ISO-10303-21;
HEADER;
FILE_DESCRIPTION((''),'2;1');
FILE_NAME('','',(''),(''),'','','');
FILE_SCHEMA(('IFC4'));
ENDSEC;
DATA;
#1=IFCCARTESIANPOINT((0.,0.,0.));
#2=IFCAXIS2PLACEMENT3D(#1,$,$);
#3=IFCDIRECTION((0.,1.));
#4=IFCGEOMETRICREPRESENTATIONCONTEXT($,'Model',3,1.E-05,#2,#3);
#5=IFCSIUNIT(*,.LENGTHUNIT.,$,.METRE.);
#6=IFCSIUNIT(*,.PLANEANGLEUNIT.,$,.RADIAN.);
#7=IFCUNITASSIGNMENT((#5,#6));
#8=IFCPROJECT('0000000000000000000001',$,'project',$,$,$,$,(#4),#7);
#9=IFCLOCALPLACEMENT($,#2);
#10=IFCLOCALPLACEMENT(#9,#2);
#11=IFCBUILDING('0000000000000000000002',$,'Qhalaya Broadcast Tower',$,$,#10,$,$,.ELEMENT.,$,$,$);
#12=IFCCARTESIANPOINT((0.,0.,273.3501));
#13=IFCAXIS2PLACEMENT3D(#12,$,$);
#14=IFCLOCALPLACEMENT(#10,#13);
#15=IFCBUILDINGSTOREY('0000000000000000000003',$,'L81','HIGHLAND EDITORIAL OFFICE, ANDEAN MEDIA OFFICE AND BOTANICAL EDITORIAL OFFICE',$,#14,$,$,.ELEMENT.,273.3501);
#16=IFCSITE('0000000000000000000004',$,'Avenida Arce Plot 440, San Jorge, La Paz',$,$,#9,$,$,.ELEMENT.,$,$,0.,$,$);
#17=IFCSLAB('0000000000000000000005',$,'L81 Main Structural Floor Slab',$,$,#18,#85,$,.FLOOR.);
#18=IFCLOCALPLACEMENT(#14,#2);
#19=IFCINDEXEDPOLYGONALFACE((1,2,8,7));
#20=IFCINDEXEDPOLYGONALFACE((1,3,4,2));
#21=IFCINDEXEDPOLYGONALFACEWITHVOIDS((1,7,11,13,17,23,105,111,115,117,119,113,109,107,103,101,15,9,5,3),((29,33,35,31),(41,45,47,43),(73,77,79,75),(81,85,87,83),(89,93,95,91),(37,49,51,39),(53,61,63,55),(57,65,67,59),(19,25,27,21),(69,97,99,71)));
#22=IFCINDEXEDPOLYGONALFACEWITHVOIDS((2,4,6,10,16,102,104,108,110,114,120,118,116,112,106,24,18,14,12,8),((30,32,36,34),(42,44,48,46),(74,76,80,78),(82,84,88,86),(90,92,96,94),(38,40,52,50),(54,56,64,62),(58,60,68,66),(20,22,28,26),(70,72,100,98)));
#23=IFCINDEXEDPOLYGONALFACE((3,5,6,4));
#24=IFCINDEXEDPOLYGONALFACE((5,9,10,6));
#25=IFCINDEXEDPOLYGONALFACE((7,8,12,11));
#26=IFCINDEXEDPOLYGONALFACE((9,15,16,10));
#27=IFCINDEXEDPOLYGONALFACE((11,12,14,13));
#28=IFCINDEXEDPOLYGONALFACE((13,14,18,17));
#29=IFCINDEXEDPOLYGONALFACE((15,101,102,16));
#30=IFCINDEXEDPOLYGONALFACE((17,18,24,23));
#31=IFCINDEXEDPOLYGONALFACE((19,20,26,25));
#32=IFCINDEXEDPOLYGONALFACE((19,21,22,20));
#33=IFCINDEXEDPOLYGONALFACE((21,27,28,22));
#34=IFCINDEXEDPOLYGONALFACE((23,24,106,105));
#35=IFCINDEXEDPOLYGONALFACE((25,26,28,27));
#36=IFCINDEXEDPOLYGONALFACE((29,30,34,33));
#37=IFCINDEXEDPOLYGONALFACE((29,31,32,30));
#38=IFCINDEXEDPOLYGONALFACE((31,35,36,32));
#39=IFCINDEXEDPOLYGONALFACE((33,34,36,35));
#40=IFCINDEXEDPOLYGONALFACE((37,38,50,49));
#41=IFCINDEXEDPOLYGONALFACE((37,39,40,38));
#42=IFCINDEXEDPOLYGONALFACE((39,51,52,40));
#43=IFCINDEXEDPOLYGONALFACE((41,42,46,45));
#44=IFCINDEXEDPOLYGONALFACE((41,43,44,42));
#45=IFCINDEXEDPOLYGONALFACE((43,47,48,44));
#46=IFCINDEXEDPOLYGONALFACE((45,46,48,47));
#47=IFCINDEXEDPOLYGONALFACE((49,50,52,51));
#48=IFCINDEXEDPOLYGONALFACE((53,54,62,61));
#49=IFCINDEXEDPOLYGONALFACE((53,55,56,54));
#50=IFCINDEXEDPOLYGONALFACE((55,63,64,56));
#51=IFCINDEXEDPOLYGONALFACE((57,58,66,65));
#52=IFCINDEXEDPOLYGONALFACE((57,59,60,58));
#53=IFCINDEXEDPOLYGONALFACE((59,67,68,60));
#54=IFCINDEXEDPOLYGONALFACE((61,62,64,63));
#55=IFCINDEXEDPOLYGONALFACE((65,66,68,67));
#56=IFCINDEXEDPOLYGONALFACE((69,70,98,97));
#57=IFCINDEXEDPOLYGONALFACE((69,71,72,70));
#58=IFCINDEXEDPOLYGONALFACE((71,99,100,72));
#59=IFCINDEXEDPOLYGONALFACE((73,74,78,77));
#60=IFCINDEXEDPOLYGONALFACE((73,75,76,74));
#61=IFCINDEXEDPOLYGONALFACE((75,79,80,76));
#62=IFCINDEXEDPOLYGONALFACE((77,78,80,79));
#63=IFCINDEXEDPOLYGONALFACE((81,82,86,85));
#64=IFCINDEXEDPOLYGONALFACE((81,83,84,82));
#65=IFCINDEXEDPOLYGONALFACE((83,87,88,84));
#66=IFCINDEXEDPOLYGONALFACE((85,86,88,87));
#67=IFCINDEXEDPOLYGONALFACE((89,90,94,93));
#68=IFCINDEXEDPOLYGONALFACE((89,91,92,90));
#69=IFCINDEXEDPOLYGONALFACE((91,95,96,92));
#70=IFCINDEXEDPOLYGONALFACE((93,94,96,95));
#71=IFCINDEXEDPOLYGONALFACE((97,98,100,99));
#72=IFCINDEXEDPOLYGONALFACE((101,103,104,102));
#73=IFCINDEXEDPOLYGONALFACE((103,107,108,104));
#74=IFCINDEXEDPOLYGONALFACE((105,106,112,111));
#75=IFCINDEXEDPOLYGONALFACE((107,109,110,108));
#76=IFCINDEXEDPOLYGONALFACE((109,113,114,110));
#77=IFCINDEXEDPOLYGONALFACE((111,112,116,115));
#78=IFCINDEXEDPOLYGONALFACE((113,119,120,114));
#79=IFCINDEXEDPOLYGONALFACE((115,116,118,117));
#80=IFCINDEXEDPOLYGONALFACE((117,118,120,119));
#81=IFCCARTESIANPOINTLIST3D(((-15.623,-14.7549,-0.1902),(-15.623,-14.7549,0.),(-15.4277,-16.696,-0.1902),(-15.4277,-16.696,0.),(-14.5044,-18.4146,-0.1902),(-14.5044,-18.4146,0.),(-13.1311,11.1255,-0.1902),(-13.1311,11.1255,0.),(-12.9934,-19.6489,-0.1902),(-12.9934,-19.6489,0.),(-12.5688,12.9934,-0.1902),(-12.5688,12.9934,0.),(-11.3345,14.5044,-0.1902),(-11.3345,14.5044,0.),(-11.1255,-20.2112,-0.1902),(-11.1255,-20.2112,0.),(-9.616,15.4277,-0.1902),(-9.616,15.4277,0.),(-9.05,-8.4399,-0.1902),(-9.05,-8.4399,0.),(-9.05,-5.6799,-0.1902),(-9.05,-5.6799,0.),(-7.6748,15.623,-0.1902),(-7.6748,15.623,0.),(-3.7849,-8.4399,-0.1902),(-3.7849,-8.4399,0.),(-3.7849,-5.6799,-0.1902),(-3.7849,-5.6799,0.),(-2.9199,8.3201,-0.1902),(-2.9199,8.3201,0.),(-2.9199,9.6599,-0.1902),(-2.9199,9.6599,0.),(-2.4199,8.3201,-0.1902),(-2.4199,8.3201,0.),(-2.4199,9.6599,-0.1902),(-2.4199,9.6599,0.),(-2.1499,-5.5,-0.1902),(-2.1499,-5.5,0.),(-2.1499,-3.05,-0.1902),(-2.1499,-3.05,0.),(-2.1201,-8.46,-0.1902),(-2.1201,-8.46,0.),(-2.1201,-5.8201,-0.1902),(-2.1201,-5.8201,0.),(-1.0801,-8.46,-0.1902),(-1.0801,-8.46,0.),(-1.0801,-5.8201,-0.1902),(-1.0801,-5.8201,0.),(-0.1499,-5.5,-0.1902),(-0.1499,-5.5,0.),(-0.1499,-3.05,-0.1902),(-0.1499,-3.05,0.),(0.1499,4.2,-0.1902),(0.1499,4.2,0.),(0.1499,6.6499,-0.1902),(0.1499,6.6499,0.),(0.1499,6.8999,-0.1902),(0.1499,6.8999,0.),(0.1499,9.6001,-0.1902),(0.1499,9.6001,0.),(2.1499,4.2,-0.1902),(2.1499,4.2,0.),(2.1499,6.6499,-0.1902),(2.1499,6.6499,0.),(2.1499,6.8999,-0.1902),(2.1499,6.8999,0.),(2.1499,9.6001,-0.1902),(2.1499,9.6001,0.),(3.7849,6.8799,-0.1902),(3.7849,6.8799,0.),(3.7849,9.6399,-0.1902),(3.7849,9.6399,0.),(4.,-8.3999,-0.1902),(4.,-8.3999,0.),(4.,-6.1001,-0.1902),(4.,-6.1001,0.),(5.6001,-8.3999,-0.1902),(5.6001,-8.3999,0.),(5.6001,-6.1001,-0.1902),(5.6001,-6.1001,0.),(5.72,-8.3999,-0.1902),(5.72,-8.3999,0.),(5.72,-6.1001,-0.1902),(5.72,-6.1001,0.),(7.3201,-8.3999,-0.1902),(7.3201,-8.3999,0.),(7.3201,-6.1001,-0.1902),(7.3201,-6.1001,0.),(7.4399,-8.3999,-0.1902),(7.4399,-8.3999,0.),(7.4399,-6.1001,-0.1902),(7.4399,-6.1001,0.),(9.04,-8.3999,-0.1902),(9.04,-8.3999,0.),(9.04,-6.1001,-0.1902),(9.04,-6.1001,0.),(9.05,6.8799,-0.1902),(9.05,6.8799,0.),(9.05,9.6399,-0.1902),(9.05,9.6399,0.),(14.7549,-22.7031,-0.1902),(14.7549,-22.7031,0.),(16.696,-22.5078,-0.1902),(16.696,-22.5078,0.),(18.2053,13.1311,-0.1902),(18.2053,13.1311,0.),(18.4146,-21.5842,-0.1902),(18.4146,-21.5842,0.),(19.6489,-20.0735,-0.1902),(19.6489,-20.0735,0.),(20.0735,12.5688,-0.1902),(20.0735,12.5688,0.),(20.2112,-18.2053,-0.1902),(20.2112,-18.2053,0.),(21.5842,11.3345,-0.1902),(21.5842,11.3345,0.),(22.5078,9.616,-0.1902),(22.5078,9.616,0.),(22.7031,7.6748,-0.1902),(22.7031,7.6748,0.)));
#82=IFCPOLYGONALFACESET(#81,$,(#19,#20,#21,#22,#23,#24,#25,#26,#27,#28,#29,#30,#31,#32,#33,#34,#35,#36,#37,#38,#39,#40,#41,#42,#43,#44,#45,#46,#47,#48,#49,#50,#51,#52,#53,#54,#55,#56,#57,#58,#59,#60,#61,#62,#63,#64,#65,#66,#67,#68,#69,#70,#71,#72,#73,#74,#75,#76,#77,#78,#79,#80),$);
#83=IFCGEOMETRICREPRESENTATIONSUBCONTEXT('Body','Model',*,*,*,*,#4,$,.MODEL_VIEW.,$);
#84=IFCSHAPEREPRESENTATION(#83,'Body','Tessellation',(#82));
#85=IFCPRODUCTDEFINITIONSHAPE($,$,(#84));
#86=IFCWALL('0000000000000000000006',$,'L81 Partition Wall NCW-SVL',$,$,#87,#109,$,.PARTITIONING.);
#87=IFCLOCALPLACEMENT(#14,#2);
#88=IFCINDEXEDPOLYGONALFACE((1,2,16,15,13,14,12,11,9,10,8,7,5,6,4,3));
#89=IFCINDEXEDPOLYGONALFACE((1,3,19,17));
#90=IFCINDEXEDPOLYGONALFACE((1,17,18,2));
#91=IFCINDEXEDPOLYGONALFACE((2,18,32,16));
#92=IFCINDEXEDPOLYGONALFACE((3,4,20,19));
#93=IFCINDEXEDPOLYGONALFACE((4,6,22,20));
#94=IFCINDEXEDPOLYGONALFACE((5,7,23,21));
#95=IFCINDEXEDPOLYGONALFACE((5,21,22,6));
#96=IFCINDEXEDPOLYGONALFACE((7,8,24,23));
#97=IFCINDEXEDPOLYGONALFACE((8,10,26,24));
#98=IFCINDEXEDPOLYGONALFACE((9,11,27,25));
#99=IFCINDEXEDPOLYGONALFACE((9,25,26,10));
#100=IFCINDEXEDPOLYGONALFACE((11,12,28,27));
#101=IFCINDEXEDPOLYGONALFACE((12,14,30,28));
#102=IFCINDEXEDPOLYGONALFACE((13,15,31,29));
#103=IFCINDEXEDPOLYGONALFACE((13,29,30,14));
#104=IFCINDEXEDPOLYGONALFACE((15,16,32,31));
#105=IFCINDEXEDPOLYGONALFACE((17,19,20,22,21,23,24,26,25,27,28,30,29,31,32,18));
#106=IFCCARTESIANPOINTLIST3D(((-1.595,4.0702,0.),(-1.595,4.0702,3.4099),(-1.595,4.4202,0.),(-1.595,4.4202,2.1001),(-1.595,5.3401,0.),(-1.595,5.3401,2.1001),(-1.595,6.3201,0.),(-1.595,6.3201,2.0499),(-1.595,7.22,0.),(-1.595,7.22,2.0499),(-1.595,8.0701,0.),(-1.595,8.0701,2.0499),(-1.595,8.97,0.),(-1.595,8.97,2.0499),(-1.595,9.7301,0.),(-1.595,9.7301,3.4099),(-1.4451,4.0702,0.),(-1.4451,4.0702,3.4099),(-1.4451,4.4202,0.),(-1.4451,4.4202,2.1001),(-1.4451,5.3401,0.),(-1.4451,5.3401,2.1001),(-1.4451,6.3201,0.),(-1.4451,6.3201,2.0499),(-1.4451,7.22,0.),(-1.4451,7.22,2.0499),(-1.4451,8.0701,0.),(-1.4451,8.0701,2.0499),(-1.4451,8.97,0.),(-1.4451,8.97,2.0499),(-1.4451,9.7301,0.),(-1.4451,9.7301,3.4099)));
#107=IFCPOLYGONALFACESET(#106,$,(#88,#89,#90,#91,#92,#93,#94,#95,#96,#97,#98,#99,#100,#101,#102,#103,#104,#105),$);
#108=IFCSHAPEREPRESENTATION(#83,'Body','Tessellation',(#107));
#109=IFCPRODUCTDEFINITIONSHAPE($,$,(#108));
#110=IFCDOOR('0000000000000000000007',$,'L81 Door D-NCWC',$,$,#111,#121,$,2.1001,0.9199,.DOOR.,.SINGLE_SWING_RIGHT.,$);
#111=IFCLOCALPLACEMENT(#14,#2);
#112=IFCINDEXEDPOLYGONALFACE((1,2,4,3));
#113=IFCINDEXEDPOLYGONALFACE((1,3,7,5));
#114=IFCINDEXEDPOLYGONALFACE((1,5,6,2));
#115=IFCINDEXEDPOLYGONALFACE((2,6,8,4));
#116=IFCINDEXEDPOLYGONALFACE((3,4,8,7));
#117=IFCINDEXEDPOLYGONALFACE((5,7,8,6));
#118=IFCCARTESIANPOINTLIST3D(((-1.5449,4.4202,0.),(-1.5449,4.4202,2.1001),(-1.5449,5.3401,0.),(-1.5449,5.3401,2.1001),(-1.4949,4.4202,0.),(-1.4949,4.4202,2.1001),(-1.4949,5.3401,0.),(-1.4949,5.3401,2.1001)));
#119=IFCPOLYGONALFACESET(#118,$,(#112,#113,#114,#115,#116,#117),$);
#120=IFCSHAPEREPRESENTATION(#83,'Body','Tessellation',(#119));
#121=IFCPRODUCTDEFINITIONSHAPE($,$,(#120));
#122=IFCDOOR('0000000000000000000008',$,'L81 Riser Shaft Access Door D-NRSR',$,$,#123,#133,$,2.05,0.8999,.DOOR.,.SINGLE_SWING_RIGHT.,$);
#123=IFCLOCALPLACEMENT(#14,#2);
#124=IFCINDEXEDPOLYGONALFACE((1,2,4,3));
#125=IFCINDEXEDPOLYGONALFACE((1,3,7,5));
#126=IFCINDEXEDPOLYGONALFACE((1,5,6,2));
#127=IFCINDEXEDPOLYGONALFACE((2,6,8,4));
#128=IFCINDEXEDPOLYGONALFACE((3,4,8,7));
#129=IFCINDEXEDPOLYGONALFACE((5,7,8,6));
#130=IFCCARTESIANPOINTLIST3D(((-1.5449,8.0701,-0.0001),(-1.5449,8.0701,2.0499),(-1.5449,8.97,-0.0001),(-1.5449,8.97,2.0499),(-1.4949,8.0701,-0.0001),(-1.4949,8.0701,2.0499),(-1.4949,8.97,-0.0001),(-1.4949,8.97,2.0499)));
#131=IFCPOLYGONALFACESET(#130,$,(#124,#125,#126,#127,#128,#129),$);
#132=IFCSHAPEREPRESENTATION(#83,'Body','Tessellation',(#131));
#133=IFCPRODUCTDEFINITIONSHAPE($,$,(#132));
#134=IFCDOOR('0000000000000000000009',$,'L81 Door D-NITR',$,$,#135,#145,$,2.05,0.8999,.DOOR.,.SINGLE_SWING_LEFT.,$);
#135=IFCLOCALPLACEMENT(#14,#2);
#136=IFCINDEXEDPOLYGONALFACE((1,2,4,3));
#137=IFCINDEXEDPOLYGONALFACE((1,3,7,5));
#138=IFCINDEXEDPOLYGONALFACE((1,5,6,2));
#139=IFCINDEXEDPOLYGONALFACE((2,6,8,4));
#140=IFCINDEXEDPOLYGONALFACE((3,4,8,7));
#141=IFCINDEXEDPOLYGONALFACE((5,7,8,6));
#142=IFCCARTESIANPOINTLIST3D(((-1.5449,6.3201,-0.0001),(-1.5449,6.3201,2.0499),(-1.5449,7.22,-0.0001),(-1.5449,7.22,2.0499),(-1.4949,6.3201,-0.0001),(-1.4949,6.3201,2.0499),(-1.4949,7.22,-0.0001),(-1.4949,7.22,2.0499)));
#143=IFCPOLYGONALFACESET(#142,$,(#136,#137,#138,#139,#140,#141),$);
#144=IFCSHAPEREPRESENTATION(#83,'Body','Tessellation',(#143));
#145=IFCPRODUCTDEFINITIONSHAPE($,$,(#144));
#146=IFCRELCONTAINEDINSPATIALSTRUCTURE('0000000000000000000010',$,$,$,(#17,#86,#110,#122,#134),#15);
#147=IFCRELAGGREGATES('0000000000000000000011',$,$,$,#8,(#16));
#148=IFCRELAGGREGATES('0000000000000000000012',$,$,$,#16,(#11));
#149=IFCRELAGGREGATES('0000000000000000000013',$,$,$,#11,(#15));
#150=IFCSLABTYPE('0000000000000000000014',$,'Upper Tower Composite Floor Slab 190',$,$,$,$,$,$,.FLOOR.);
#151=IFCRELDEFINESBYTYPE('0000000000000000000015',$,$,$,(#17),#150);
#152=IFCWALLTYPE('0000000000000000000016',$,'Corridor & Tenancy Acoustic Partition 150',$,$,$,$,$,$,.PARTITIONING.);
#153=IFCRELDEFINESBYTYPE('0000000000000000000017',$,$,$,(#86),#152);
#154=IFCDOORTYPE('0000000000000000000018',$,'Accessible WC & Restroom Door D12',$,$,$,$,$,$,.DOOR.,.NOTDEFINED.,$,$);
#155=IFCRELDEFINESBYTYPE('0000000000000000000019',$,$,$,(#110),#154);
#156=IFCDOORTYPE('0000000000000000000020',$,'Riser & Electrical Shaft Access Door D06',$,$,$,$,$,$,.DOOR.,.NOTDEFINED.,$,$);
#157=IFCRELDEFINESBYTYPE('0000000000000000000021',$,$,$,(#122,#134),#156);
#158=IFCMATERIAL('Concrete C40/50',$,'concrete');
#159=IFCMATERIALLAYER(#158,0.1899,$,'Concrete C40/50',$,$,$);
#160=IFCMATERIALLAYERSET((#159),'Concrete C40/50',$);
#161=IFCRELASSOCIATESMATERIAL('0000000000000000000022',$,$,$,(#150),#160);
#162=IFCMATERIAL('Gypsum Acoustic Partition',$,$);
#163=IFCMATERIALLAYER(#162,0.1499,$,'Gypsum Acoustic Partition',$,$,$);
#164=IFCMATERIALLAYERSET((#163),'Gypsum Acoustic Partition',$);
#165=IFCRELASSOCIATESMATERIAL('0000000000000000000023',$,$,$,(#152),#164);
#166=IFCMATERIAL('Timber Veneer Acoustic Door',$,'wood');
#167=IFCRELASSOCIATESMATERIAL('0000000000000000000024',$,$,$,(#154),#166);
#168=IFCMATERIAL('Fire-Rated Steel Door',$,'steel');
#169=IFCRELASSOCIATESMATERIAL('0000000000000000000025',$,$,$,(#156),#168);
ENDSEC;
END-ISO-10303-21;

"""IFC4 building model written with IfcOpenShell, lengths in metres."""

from ifc_helpers import new_model, si_unit, direction, frame, frame_2d, origin, place, context, subcontext, project, spatial, polyline, rectangle, outline, extrude, material, layer, layer_set, type_object, element, fill, save


model = new_model("IFC4")

# Units and contexts
model_context = context("Model", 3, precision=1e-05, world=origin(), true_north=direction((0.0, 1.0)))
body_context = subcontext(model_context, "Body", "Model", "MODEL_VIEW")
ifc_project = project(units=[si_unit("LENGTHUNIT", "METRE"), si_unit("PLANEANGLEUNIT", "RADIAN")], contexts=[model_context])

# Site, building, storey
site_placement = place(None, origin())
site = spatial("IfcSite", under=ifc_project, at=site_placement, Name="Avenida Arce Plot 440, San Jorge, La Paz", CompositionType="ELEMENT", RefElevation=0.0)
building_placement = place(site_placement, origin())
building = spatial("IfcBuilding", under=site, at=building_placement, Name="Qhalaya Broadcast Tower", CompositionType="ELEMENT")
storey_placement = place(building_placement, frame((0.0, 0.0, 273.3501)))
storey = spatial("IfcBuildingStorey", under=building, at=storey_placement, Name="L81", Description="HIGHLAND EDITORIAL OFFICE, ANDEAN MEDIA OFFICE AND BOTANICAL EDITORIAL OFFICE", CompositionType="ELEMENT", Elevation=273.3501)

# Shared definitions
ifc_material_1 = material(Name="Concrete C40/50", Category="concrete")

# Slab
ifc_layer_1 = layer(ifc_material_1, 0.1899, Name="Concrete C40/50")
ifc_layer_set_1 = layer_set([ifc_layer_1], Name="Concrete C40/50")
slab_type_1 = type_object("IfcSlabType", Name="Upper Tower Composite Floor Slab 190", PredefinedType="FLOOR", material=ifc_layer_set_1)
slab_1_placement = place(storey_placement, frame((0.0, 0.0, -0.1902)))
element("IfcSlab", 1, at=slab_1_placement, inside=storey, type_object=slab_type_1, Name="L81 Main Structural Floor Slab", PredefinedType="FLOOR", context=body_context, shape_type="SweptSolid", body=[
    extrude(outline(polyline([(14.7549, -22.7031), (16.696, -22.5078), (18.4146, -21.5842), (19.6489, -20.0735), (20.2112, -18.2053), (22.7031, 7.6748), (22.5078, 9.616), (21.5842, 11.3345), (20.0735, 12.5688), (18.2053, 13.1311), (-7.6748, 15.623), (-9.616, 15.4277), (-11.3345, 14.5044), (-12.5688, 12.9934), (-13.1311, 11.1255), (-15.623, -14.7549), (-15.4277, -16.696), (-14.5044, -18.4146), (-12.9934, -19.6489), (-11.1255, -20.2112), (14.7549, -22.7031)]), holes=[polyline([(3.7849, 9.6399), (9.05, 9.6399), (9.05, 6.8799), (3.7849, 6.8799), (3.7849, 9.6399)]), polyline([(-3.7849, -8.4399), (-9.05, -8.4399), (-9.05, -5.6799), (-3.7849, -5.6799), (-3.7849, -8.4399)]), polyline([(0.1499, 6.6499), (2.1499, 6.6499), (2.1499, 4.2), (0.1499, 4.2), (0.1499, 6.6499)]), polyline([(0.1499, 9.6001), (2.1499, 9.6001), (2.1499, 6.8999), (0.1499, 6.8999), (0.1499, 9.6001)]), polyline([(-2.1499, -3.05), (-0.1499, -3.05), (-0.1499, -5.5), (-2.1499, -5.5), (-2.1499, -3.05)]), polyline([(4.0, -6.1001), (5.6001, -6.1001), (5.6001, -8.3999), (4.0, -8.3999), (4.0, -6.1001)]), polyline([(5.72, -6.1001), (7.3201, -6.1001), (7.3201, -8.3999), (5.72, -8.3999), (5.72, -6.1001)]), polyline([(7.4399, -6.1001), (9.04, -6.1001), (9.04, -8.3999), (7.4399, -8.3999), (7.4399, -6.1001)]), polyline([(-2.9199, 9.6599), (-2.4199, 9.6599), (-2.4199, 8.3201), (-2.9199, 8.3201), (-2.9199, 9.6599)]), polyline([(-2.1201, -5.8201), (-1.0801, -5.8201), (-1.0801, -8.46), (-2.1201, -8.46), (-2.1201, -5.8201)])]), origin(), (0.0, 0.0, 1.0), 0.1902),
])

# Wall, openings, doors
ifc_material_2 = material(Name="Gypsum Acoustic Partition")
ifc_layer_2 = layer(ifc_material_2, 0.1499, Name="Gypsum Acoustic Partition")
ifc_layer_set_2 = layer_set([ifc_layer_2], Name="Gypsum Acoustic Partition")
wall_type_1 = type_object("IfcWallType", Name="Corridor & Tenancy Acoustic Partition 150", PredefinedType="PARTITIONING", material=ifc_layer_set_2)
wall_1_placement = place(storey_placement, frame((-1.52, 4.0701, 0.0), z_axis=(0.0, 0.0, 1.0), x_axis=(0.0, 1.0, 0.0)))
wall_1 = element("IfcWall", 2, at=wall_1_placement, inside=storey, type_object=wall_type_1, Name="L81 Partition Wall NCW-SVL", PredefinedType="PARTITIONING", context=body_context, shape_type="SweptSolid", body=[
    extrude(rectangle(XDim=5.6599, YDim=0.1499, at=frame_2d((2.8301, 0.0))), origin(), (0.0, 0.0, 1.0), 3.4099),
])
opening_1_placement = place(wall_1_placement, frame((4.0, 0.0, 0.0)))
opening_1 = element("IfcOpeningElement", 3, at=opening_1_placement, cuts=wall_1, PredefinedType="OPENING", context=body_context, shape_type="SweptSolid", body=[
    extrude(rectangle(XDim=0.8999, YDim=2.05, at=frame_2d((0.45, 1.0249))), frame((0.0, 0.0869, 0.0), z_axis=(0.0, -1.0, 0.0), x_axis=(1.0, 0.0, 0.0)), (0.0, 0.0, 1.0), 0.1738),
])
opening_2_placement = place(wall_1_placement, frame((2.25, 0.0, 0.0)))
opening_2 = element("IfcOpeningElement", 4, at=opening_2_placement, cuts=wall_1, PredefinedType="OPENING", context=body_context, shape_type="SweptSolid", body=[
    extrude(rectangle(XDim=0.8999, YDim=2.05, at=frame_2d((0.45, 1.0249))), frame((0.0, 0.0869, 0.0), z_axis=(0.0, -1.0, 0.0), x_axis=(1.0, 0.0, 0.0)), (0.0, 0.0, 1.0), 0.1738),
])
opening_3_placement = place(wall_1_placement, frame((0.3501, 0.0, 0.0)))
opening_3 = element("IfcOpeningElement", 5, at=opening_3_placement, cuts=wall_1, PredefinedType="OPENING", context=body_context, shape_type="SweptSolid", body=[
    extrude(rectangle(XDim=0.9199, YDim=2.1001, at=frame_2d((0.46, 1.05))), frame((0.0, 0.0869, 0.0), z_axis=(0.0, -1.0, 0.0), x_axis=(1.0, 0.0, 0.0)), (0.0, 0.0, 1.0), 0.1738),
])
ifc_material_3 = material(Name="Timber Veneer Acoustic Door", Category="wood")
door_type_1 = type_object("IfcDoorType", Name="Accessible WC & Restroom Door D12", OperationType="NOTDEFINED", PredefinedType="DOOR", material=ifc_material_3)
door_1_placement = place(opening_3_placement, origin())
door_1 = element("IfcDoor", 6, at=door_1_placement, inside=storey, type_object=door_type_1, Name="L81 Door D-NCWC", OperationType="SINGLE_SWING_RIGHT", OverallHeight=2.1001, OverallWidth=0.9199, PredefinedType="DOOR", context=body_context, shape_type="SweptSolid", body=[
    extrude(rectangle(XDim=0.9199, YDim=2.1001, at=frame_2d((0.46, 1.05))), frame((0.0, 0.0249, 0.0), z_axis=(0.0, -1.0, 0.0), x_axis=(1.0, 0.0, 0.0)), (0.0, 0.0, 1.0), 0.05),
])
fill(opening_3, door_1)
ifc_material_4 = material(Name="Fire-Rated Steel Door", Category="steel")
door_type_2 = type_object("IfcDoorType", Name="Riser & Electrical Shaft Access Door D06", OperationType="NOTDEFINED", PredefinedType="DOOR", material=ifc_material_4)
door_2_placement = place(opening_1_placement, origin())
door_2 = element("IfcDoor", 7, at=door_2_placement, inside=storey, type_object=door_type_2, Name="L81 Riser Shaft Access Door D-NRSR", OperationType="SINGLE_SWING_RIGHT", OverallHeight=2.05, OverallWidth=0.8999, PredefinedType="DOOR", context=body_context, shape_type="SweptSolid", body=[
    extrude(rectangle(XDim=0.8999, YDim=2.05, at=frame_2d((0.45, 1.0249))), frame((0.0, 0.0249, 0.0), z_axis=(0.0, -1.0, 0.0), x_axis=(1.0, 0.0, 0.0)), (0.0, 0.0, 1.0), 0.05),
])
fill(opening_1, door_2)
door_3_placement = place(opening_2_placement, origin())
door_3 = element("IfcDoor", 8, at=door_3_placement, inside=storey, type_object=door_type_2, Name="L81 Door D-NITR", OperationType="SINGLE_SWING_LEFT", OverallHeight=2.05, OverallWidth=0.8999, PredefinedType="DOOR", context=body_context, shape_type="SweptSolid", body=[
    extrude(rectangle(XDim=0.8999, YDim=2.05, at=frame_2d((0.45, 1.0249))), frame((0.0, 0.0249, 0.0), z_axis=(0.0, -1.0, 0.0), x_axis=(1.0, 0.0, 0.0)), (0.0, 0.0, 1.0), 0.05),
])
fill(opening_2, door_3)

save(model, "model.ifc")
